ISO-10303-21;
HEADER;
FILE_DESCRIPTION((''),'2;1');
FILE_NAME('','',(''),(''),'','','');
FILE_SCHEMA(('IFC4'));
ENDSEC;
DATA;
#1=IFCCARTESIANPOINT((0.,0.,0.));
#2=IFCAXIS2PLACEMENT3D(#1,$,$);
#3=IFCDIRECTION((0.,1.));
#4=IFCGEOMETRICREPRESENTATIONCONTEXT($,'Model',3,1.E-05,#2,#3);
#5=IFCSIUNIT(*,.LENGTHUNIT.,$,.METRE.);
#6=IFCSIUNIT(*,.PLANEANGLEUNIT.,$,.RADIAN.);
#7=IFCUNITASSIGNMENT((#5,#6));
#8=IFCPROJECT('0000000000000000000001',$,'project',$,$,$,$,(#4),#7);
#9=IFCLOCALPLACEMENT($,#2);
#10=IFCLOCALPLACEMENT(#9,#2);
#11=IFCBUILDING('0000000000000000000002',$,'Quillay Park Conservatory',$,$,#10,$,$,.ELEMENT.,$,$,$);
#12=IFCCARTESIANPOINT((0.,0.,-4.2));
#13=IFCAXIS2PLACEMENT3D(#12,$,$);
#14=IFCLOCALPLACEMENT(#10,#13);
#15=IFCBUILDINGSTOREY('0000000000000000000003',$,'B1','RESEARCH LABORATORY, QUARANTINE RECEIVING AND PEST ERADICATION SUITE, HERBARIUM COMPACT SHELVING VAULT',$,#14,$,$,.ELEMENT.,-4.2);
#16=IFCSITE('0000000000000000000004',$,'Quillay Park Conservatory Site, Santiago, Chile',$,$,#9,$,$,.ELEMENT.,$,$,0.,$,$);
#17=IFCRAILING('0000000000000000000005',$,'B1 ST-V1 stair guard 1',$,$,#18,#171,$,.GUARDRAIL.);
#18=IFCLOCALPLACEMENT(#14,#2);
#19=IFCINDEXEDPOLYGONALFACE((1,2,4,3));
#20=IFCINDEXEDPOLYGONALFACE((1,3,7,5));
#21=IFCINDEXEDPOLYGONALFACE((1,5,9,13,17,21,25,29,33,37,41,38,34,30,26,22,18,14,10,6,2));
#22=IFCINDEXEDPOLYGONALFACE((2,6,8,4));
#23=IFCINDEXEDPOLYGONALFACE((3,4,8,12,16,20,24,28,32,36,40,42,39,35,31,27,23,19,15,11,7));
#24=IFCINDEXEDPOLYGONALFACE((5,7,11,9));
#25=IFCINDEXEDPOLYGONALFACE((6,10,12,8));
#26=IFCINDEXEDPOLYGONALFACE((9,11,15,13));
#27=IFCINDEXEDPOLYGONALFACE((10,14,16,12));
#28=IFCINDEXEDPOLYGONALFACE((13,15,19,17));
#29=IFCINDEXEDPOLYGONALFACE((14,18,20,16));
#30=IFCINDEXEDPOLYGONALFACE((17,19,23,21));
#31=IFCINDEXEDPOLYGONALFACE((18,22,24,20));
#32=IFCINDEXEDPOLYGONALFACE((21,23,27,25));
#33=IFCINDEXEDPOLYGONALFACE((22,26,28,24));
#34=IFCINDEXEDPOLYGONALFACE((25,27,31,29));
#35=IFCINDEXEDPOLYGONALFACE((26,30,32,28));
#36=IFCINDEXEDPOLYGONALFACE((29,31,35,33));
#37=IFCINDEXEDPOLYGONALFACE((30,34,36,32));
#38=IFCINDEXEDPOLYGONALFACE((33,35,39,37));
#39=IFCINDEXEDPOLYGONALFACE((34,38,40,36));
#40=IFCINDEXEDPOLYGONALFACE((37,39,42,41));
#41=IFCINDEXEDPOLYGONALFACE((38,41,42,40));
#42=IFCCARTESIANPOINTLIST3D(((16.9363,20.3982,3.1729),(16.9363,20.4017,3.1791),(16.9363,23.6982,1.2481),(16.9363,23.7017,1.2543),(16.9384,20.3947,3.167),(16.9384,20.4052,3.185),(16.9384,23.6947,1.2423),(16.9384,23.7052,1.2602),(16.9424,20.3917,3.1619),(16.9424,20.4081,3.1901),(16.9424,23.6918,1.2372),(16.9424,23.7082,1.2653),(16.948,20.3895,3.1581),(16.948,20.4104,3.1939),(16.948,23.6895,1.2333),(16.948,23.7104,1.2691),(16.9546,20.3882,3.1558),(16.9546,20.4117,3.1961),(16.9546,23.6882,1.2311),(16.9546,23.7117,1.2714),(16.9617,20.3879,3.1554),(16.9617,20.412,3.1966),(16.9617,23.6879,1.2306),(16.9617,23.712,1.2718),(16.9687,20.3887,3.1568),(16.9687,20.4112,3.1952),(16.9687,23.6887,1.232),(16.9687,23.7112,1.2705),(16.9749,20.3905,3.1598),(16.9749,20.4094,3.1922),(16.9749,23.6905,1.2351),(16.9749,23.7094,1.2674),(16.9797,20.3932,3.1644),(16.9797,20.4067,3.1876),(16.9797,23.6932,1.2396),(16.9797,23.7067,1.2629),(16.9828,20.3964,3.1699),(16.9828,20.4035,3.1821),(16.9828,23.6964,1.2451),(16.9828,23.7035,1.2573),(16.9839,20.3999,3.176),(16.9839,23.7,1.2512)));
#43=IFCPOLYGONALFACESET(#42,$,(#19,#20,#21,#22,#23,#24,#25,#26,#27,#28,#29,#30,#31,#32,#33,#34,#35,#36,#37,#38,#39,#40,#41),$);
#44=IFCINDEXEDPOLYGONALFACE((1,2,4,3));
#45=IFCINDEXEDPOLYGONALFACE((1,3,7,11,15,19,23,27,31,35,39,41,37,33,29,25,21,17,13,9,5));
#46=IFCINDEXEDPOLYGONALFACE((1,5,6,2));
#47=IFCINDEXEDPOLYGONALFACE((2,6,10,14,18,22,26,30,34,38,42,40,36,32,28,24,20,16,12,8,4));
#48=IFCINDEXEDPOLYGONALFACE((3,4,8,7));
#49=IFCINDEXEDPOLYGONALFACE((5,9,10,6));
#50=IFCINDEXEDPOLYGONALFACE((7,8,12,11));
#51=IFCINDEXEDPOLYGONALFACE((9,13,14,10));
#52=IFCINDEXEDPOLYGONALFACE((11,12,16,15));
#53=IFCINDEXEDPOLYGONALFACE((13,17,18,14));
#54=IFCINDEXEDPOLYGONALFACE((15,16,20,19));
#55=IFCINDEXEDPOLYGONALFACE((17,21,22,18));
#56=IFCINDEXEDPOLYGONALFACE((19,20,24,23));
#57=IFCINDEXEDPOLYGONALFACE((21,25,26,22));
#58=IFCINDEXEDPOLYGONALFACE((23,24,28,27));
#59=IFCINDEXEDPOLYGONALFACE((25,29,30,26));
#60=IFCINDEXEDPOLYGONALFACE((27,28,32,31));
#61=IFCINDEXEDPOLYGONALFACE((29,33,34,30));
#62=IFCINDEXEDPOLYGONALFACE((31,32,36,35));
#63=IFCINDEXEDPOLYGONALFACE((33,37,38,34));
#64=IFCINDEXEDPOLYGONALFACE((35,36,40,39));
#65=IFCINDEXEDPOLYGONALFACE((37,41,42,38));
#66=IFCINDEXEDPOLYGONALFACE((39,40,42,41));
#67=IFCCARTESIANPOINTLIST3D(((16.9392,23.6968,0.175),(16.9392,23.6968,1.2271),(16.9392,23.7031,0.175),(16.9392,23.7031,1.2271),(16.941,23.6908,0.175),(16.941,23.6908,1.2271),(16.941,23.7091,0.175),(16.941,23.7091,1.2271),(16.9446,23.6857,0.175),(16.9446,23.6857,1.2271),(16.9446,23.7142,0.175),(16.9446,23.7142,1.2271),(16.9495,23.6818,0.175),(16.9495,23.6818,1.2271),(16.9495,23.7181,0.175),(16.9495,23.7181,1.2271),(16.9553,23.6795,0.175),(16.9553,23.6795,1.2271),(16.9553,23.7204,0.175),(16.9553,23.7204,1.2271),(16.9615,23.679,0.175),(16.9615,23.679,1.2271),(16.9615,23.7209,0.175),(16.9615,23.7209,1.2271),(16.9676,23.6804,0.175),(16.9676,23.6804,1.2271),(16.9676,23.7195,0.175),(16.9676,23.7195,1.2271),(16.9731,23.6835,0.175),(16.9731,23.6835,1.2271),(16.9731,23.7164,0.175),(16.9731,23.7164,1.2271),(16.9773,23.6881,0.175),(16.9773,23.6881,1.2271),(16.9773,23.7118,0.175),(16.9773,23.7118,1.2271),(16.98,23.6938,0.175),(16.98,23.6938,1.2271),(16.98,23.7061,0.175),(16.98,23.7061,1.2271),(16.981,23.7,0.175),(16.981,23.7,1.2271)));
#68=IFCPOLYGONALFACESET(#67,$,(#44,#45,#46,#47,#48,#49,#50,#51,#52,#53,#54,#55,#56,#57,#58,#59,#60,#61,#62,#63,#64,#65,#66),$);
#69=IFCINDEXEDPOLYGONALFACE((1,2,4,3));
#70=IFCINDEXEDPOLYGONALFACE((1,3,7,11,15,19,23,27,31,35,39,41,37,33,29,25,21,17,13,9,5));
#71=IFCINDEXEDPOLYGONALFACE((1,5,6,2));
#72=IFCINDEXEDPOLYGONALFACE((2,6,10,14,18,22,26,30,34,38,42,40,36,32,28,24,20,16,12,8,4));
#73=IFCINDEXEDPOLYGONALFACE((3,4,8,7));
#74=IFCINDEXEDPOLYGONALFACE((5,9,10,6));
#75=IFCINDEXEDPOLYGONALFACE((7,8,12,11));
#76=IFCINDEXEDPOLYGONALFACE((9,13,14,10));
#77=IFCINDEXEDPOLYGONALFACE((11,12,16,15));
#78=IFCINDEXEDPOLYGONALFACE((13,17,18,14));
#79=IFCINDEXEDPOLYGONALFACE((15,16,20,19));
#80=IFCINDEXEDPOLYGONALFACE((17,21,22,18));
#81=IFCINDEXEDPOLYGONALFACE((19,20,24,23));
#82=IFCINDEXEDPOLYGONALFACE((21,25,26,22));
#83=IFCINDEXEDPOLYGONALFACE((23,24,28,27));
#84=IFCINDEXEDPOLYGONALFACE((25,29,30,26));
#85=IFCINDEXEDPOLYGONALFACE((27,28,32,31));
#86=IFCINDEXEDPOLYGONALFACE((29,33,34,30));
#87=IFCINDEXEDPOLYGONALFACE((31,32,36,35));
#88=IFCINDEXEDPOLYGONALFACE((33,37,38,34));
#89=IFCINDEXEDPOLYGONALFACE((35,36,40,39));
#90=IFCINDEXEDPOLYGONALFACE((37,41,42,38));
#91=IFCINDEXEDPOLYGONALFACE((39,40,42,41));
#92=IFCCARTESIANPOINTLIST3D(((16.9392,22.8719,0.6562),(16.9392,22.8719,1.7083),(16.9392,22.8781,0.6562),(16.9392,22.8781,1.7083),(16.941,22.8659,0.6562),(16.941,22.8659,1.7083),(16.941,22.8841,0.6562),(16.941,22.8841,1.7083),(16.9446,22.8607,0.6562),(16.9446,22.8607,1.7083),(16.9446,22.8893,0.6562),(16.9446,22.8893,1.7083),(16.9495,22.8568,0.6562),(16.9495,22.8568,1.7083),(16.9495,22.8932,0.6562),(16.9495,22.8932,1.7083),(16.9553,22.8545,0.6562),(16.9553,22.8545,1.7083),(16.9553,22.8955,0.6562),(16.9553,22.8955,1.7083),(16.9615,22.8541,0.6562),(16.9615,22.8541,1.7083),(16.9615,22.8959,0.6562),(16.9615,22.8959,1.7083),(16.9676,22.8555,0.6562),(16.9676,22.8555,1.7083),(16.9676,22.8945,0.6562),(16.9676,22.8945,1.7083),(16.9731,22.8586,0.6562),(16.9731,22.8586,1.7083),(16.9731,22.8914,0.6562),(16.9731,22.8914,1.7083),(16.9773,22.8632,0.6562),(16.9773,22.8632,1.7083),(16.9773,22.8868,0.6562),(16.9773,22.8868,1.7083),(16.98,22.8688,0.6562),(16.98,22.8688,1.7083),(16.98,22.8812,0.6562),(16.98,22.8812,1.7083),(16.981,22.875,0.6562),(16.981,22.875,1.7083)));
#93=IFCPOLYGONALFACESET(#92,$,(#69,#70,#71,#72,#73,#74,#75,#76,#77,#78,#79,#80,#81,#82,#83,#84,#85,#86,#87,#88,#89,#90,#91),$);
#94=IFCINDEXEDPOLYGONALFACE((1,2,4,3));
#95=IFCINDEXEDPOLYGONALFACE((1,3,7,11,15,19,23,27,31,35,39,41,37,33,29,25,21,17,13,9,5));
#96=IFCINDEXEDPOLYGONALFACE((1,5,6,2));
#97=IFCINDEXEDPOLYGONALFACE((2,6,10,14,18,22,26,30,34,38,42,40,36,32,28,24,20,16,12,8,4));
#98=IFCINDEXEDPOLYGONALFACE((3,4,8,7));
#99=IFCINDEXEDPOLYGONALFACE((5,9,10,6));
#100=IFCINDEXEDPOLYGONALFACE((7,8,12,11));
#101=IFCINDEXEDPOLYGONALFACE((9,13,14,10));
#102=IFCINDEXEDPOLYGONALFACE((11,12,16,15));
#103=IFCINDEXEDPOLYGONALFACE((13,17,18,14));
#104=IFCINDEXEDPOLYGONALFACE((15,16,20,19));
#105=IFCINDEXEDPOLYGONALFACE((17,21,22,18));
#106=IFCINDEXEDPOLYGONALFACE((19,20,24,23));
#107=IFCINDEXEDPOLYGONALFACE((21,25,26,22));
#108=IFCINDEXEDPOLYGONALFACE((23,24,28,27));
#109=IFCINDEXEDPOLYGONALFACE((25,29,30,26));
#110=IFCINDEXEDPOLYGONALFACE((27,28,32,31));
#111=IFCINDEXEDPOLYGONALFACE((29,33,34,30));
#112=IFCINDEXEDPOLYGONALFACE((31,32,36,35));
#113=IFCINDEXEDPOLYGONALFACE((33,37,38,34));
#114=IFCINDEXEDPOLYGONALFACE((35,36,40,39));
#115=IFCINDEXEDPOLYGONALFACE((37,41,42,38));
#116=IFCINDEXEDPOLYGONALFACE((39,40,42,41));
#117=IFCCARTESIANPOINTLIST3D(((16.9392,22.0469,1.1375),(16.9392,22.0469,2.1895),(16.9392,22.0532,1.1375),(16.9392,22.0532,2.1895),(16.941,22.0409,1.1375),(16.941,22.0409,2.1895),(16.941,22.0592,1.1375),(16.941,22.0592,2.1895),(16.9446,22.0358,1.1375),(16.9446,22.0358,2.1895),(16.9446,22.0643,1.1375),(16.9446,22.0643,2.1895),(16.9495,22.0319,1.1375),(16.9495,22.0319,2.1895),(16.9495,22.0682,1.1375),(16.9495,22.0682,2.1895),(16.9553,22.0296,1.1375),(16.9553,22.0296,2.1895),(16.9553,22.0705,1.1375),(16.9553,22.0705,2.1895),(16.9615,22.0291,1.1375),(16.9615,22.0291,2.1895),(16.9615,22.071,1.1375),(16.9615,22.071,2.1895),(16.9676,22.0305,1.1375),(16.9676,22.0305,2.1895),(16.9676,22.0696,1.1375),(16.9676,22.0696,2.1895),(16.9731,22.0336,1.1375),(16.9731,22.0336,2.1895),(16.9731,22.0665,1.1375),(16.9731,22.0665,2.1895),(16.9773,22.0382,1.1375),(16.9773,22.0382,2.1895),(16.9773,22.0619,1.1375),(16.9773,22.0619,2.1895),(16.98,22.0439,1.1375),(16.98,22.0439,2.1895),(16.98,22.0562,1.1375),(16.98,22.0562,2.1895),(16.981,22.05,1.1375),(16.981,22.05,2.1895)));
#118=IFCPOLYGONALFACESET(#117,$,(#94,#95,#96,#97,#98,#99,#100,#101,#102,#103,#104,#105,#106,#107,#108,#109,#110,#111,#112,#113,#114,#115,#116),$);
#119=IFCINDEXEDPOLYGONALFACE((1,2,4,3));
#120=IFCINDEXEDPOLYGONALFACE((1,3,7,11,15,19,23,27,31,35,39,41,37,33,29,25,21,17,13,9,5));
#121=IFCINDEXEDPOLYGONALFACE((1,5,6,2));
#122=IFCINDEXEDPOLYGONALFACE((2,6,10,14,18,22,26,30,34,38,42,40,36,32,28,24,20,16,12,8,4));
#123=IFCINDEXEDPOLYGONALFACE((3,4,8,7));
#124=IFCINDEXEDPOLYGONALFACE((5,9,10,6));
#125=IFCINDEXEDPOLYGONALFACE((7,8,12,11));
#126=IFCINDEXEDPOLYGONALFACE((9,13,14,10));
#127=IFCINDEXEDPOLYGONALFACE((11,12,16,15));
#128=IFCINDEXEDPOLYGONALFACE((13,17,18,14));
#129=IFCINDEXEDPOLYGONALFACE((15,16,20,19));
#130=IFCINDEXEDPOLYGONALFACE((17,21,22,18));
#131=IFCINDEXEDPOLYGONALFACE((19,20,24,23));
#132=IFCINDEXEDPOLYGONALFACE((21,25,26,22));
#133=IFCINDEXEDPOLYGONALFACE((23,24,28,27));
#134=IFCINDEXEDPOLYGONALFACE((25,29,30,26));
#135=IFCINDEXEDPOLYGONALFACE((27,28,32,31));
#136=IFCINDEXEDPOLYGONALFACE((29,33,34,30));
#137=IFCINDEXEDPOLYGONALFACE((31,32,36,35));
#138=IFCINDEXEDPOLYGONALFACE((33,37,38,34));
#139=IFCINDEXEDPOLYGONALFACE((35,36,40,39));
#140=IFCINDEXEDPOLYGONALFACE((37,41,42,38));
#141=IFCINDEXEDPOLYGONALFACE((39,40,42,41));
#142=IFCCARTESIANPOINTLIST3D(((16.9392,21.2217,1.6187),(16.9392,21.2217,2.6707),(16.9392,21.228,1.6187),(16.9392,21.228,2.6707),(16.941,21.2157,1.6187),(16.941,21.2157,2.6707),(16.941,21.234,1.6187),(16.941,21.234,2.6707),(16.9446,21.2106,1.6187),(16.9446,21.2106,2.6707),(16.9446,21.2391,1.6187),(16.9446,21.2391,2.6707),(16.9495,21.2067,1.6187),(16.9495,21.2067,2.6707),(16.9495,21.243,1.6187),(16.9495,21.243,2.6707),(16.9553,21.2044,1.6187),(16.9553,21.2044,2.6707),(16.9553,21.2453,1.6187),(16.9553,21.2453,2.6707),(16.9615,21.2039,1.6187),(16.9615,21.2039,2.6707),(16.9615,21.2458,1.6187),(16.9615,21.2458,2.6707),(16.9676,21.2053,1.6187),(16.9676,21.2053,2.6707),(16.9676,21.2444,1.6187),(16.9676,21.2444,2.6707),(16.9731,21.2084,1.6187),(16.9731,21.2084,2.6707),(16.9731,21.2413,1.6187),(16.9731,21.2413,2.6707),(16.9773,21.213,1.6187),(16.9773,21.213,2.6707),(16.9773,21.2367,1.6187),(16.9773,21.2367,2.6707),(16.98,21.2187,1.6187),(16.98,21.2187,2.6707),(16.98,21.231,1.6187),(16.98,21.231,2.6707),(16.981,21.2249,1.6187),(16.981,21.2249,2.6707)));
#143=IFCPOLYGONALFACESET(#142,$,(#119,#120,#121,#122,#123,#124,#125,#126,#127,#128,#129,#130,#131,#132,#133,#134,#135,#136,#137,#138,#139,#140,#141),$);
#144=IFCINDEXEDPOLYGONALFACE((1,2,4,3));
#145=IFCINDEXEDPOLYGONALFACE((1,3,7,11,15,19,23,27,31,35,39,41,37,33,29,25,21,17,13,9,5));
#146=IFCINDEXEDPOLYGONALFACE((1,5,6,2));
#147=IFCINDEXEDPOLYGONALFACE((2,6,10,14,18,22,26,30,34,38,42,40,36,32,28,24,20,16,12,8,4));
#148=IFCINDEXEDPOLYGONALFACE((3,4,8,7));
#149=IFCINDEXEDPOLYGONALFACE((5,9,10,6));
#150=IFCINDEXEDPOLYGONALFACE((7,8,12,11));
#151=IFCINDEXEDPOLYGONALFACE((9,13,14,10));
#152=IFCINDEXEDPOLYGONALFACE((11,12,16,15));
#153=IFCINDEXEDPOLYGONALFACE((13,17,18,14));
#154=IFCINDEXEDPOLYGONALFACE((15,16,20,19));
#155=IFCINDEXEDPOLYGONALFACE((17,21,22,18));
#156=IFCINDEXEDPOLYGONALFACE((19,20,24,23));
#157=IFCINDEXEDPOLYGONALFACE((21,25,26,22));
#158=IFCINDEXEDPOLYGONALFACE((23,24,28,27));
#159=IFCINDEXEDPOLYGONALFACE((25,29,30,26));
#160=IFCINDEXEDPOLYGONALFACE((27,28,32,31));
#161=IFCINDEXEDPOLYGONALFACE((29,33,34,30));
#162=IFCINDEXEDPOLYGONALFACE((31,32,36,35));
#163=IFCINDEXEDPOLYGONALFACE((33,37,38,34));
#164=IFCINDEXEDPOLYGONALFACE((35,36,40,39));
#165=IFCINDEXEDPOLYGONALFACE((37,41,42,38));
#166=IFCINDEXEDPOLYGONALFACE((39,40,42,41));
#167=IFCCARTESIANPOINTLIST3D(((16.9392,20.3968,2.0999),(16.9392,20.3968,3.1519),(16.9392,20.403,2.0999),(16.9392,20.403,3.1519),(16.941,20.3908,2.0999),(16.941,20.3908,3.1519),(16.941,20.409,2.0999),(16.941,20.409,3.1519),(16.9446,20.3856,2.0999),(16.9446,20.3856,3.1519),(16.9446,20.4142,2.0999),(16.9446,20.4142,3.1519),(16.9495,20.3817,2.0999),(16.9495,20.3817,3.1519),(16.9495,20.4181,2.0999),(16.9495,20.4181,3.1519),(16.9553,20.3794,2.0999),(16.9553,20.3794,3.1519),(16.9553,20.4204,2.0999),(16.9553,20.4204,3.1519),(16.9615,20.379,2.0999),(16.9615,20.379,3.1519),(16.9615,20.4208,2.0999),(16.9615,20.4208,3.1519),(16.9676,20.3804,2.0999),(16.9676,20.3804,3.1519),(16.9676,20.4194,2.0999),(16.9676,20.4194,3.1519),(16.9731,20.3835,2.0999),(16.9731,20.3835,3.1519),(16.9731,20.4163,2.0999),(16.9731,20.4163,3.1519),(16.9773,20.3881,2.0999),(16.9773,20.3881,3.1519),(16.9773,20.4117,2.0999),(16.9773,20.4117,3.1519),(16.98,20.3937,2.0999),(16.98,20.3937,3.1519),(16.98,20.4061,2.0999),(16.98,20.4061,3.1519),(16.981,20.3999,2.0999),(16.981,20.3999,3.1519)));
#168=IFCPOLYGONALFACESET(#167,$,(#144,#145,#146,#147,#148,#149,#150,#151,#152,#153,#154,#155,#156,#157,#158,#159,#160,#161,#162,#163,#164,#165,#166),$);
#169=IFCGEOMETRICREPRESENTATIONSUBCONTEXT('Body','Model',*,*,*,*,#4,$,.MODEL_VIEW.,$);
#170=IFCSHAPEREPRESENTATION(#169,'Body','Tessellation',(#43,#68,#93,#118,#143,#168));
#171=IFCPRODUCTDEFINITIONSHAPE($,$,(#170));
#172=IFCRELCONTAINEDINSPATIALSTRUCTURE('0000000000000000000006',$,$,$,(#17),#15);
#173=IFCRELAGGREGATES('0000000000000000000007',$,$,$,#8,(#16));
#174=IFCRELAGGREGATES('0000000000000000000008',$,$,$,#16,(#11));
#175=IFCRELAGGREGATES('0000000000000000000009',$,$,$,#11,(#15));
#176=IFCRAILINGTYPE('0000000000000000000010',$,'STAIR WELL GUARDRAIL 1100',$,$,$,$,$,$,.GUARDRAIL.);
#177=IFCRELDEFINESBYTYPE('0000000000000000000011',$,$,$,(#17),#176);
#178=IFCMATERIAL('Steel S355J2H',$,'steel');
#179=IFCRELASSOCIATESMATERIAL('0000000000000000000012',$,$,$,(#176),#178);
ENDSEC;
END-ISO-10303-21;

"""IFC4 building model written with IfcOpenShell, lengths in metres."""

from ifc_helpers import new_model, si_unit, direction, frame, origin, origin_2d, place, context, subcontext, project, spatial, circle, extrude, material, type_object, element, save


model = new_model("IFC4")

# Units and contexts
model_context = context("Model", 3, precision=1e-05, world=origin(), true_north=direction((0.0, 1.0)))
body_context = subcontext(model_context, "Body", "Model", "MODEL_VIEW")
ifc_project = project(units=[si_unit("LENGTHUNIT", "METRE"), si_unit("PLANEANGLEUNIT", "RADIAN")], contexts=[model_context])

# Site, building, storey
site_placement = place(None, origin())
site = spatial("IfcSite", under=ifc_project, at=site_placement, Name="Quillay Park Conservatory Site, Santiago, Chile", CompositionType="ELEMENT", RefElevation=0.0)
building_placement = place(site_placement, origin())
building = spatial("IfcBuilding", under=site, at=building_placement, Name="Quillay Park Conservatory", CompositionType="ELEMENT")
storey_placement = place(building_placement, frame((0.0, 0.0, -4.2)))
storey = spatial("IfcBuildingStorey", under=building, at=storey_placement, Name="B1", Description="RESEARCH LABORATORY, QUARANTINE RECEIVING AND PEST ERADICATION SUITE, HERBARIUM COMPACT SHELVING VAULT", CompositionType="ELEMENT", Elevation=-4.2)

# Railing
ifc_material_1 = material(Name="Steel S355J2H", Category="steel")
railing_type_1 = type_object("IfcRailingType", Name="STAIR WELL GUARDRAIL 1100", PredefinedType="GUARDRAIL", material=ifc_material_1)
railing_1_placement = place(storey_placement, frame((16.96, 23.7, 0.175)))
element("IfcRailing", 1, at=railing_1_placement, inside=storey, type_object=railing_type_1, Name="B1 ST-V1 stair guard 1", PredefinedType="GUARDRAIL", context=body_context, shape_type="SweptSolid", body=[
    extrude(circle(Radius=0.0239, at=origin_2d()), frame((0.0, 0.0, 1.0762), z_axis=(0.0, -0.863804, 0.503827), x_axis=(1.0, 0.0, 0.0)), (0.0, 0.0, 1.0), 3.8203),
    extrude(circle(Radius=0.021, at=origin_2d()), origin(), (0.0, 0.0, 1.0), 1.052),
    extrude(circle(Radius=0.021, at=origin_2d()), frame((0.0, -0.825, 0.4812)), (0.0, 0.0, 1.0), 1.052),
    extrude(circle(Radius=0.021, at=origin_2d()), frame((0.0, -1.6499, 0.9624)), (0.0, 0.0, 1.0), 1.052),
    extrude(circle(Radius=0.021, at=origin_2d()), frame((0.0, -2.4751, 1.4436)), (0.0, 0.0, 1.0), 1.052),
    extrude(circle(Radius=0.021, at=origin_2d()), frame((0.0, -3.3, 1.9248)), (0.0, 0.0, 1.0), 1.052),
])

save(model, "model.ifc")
